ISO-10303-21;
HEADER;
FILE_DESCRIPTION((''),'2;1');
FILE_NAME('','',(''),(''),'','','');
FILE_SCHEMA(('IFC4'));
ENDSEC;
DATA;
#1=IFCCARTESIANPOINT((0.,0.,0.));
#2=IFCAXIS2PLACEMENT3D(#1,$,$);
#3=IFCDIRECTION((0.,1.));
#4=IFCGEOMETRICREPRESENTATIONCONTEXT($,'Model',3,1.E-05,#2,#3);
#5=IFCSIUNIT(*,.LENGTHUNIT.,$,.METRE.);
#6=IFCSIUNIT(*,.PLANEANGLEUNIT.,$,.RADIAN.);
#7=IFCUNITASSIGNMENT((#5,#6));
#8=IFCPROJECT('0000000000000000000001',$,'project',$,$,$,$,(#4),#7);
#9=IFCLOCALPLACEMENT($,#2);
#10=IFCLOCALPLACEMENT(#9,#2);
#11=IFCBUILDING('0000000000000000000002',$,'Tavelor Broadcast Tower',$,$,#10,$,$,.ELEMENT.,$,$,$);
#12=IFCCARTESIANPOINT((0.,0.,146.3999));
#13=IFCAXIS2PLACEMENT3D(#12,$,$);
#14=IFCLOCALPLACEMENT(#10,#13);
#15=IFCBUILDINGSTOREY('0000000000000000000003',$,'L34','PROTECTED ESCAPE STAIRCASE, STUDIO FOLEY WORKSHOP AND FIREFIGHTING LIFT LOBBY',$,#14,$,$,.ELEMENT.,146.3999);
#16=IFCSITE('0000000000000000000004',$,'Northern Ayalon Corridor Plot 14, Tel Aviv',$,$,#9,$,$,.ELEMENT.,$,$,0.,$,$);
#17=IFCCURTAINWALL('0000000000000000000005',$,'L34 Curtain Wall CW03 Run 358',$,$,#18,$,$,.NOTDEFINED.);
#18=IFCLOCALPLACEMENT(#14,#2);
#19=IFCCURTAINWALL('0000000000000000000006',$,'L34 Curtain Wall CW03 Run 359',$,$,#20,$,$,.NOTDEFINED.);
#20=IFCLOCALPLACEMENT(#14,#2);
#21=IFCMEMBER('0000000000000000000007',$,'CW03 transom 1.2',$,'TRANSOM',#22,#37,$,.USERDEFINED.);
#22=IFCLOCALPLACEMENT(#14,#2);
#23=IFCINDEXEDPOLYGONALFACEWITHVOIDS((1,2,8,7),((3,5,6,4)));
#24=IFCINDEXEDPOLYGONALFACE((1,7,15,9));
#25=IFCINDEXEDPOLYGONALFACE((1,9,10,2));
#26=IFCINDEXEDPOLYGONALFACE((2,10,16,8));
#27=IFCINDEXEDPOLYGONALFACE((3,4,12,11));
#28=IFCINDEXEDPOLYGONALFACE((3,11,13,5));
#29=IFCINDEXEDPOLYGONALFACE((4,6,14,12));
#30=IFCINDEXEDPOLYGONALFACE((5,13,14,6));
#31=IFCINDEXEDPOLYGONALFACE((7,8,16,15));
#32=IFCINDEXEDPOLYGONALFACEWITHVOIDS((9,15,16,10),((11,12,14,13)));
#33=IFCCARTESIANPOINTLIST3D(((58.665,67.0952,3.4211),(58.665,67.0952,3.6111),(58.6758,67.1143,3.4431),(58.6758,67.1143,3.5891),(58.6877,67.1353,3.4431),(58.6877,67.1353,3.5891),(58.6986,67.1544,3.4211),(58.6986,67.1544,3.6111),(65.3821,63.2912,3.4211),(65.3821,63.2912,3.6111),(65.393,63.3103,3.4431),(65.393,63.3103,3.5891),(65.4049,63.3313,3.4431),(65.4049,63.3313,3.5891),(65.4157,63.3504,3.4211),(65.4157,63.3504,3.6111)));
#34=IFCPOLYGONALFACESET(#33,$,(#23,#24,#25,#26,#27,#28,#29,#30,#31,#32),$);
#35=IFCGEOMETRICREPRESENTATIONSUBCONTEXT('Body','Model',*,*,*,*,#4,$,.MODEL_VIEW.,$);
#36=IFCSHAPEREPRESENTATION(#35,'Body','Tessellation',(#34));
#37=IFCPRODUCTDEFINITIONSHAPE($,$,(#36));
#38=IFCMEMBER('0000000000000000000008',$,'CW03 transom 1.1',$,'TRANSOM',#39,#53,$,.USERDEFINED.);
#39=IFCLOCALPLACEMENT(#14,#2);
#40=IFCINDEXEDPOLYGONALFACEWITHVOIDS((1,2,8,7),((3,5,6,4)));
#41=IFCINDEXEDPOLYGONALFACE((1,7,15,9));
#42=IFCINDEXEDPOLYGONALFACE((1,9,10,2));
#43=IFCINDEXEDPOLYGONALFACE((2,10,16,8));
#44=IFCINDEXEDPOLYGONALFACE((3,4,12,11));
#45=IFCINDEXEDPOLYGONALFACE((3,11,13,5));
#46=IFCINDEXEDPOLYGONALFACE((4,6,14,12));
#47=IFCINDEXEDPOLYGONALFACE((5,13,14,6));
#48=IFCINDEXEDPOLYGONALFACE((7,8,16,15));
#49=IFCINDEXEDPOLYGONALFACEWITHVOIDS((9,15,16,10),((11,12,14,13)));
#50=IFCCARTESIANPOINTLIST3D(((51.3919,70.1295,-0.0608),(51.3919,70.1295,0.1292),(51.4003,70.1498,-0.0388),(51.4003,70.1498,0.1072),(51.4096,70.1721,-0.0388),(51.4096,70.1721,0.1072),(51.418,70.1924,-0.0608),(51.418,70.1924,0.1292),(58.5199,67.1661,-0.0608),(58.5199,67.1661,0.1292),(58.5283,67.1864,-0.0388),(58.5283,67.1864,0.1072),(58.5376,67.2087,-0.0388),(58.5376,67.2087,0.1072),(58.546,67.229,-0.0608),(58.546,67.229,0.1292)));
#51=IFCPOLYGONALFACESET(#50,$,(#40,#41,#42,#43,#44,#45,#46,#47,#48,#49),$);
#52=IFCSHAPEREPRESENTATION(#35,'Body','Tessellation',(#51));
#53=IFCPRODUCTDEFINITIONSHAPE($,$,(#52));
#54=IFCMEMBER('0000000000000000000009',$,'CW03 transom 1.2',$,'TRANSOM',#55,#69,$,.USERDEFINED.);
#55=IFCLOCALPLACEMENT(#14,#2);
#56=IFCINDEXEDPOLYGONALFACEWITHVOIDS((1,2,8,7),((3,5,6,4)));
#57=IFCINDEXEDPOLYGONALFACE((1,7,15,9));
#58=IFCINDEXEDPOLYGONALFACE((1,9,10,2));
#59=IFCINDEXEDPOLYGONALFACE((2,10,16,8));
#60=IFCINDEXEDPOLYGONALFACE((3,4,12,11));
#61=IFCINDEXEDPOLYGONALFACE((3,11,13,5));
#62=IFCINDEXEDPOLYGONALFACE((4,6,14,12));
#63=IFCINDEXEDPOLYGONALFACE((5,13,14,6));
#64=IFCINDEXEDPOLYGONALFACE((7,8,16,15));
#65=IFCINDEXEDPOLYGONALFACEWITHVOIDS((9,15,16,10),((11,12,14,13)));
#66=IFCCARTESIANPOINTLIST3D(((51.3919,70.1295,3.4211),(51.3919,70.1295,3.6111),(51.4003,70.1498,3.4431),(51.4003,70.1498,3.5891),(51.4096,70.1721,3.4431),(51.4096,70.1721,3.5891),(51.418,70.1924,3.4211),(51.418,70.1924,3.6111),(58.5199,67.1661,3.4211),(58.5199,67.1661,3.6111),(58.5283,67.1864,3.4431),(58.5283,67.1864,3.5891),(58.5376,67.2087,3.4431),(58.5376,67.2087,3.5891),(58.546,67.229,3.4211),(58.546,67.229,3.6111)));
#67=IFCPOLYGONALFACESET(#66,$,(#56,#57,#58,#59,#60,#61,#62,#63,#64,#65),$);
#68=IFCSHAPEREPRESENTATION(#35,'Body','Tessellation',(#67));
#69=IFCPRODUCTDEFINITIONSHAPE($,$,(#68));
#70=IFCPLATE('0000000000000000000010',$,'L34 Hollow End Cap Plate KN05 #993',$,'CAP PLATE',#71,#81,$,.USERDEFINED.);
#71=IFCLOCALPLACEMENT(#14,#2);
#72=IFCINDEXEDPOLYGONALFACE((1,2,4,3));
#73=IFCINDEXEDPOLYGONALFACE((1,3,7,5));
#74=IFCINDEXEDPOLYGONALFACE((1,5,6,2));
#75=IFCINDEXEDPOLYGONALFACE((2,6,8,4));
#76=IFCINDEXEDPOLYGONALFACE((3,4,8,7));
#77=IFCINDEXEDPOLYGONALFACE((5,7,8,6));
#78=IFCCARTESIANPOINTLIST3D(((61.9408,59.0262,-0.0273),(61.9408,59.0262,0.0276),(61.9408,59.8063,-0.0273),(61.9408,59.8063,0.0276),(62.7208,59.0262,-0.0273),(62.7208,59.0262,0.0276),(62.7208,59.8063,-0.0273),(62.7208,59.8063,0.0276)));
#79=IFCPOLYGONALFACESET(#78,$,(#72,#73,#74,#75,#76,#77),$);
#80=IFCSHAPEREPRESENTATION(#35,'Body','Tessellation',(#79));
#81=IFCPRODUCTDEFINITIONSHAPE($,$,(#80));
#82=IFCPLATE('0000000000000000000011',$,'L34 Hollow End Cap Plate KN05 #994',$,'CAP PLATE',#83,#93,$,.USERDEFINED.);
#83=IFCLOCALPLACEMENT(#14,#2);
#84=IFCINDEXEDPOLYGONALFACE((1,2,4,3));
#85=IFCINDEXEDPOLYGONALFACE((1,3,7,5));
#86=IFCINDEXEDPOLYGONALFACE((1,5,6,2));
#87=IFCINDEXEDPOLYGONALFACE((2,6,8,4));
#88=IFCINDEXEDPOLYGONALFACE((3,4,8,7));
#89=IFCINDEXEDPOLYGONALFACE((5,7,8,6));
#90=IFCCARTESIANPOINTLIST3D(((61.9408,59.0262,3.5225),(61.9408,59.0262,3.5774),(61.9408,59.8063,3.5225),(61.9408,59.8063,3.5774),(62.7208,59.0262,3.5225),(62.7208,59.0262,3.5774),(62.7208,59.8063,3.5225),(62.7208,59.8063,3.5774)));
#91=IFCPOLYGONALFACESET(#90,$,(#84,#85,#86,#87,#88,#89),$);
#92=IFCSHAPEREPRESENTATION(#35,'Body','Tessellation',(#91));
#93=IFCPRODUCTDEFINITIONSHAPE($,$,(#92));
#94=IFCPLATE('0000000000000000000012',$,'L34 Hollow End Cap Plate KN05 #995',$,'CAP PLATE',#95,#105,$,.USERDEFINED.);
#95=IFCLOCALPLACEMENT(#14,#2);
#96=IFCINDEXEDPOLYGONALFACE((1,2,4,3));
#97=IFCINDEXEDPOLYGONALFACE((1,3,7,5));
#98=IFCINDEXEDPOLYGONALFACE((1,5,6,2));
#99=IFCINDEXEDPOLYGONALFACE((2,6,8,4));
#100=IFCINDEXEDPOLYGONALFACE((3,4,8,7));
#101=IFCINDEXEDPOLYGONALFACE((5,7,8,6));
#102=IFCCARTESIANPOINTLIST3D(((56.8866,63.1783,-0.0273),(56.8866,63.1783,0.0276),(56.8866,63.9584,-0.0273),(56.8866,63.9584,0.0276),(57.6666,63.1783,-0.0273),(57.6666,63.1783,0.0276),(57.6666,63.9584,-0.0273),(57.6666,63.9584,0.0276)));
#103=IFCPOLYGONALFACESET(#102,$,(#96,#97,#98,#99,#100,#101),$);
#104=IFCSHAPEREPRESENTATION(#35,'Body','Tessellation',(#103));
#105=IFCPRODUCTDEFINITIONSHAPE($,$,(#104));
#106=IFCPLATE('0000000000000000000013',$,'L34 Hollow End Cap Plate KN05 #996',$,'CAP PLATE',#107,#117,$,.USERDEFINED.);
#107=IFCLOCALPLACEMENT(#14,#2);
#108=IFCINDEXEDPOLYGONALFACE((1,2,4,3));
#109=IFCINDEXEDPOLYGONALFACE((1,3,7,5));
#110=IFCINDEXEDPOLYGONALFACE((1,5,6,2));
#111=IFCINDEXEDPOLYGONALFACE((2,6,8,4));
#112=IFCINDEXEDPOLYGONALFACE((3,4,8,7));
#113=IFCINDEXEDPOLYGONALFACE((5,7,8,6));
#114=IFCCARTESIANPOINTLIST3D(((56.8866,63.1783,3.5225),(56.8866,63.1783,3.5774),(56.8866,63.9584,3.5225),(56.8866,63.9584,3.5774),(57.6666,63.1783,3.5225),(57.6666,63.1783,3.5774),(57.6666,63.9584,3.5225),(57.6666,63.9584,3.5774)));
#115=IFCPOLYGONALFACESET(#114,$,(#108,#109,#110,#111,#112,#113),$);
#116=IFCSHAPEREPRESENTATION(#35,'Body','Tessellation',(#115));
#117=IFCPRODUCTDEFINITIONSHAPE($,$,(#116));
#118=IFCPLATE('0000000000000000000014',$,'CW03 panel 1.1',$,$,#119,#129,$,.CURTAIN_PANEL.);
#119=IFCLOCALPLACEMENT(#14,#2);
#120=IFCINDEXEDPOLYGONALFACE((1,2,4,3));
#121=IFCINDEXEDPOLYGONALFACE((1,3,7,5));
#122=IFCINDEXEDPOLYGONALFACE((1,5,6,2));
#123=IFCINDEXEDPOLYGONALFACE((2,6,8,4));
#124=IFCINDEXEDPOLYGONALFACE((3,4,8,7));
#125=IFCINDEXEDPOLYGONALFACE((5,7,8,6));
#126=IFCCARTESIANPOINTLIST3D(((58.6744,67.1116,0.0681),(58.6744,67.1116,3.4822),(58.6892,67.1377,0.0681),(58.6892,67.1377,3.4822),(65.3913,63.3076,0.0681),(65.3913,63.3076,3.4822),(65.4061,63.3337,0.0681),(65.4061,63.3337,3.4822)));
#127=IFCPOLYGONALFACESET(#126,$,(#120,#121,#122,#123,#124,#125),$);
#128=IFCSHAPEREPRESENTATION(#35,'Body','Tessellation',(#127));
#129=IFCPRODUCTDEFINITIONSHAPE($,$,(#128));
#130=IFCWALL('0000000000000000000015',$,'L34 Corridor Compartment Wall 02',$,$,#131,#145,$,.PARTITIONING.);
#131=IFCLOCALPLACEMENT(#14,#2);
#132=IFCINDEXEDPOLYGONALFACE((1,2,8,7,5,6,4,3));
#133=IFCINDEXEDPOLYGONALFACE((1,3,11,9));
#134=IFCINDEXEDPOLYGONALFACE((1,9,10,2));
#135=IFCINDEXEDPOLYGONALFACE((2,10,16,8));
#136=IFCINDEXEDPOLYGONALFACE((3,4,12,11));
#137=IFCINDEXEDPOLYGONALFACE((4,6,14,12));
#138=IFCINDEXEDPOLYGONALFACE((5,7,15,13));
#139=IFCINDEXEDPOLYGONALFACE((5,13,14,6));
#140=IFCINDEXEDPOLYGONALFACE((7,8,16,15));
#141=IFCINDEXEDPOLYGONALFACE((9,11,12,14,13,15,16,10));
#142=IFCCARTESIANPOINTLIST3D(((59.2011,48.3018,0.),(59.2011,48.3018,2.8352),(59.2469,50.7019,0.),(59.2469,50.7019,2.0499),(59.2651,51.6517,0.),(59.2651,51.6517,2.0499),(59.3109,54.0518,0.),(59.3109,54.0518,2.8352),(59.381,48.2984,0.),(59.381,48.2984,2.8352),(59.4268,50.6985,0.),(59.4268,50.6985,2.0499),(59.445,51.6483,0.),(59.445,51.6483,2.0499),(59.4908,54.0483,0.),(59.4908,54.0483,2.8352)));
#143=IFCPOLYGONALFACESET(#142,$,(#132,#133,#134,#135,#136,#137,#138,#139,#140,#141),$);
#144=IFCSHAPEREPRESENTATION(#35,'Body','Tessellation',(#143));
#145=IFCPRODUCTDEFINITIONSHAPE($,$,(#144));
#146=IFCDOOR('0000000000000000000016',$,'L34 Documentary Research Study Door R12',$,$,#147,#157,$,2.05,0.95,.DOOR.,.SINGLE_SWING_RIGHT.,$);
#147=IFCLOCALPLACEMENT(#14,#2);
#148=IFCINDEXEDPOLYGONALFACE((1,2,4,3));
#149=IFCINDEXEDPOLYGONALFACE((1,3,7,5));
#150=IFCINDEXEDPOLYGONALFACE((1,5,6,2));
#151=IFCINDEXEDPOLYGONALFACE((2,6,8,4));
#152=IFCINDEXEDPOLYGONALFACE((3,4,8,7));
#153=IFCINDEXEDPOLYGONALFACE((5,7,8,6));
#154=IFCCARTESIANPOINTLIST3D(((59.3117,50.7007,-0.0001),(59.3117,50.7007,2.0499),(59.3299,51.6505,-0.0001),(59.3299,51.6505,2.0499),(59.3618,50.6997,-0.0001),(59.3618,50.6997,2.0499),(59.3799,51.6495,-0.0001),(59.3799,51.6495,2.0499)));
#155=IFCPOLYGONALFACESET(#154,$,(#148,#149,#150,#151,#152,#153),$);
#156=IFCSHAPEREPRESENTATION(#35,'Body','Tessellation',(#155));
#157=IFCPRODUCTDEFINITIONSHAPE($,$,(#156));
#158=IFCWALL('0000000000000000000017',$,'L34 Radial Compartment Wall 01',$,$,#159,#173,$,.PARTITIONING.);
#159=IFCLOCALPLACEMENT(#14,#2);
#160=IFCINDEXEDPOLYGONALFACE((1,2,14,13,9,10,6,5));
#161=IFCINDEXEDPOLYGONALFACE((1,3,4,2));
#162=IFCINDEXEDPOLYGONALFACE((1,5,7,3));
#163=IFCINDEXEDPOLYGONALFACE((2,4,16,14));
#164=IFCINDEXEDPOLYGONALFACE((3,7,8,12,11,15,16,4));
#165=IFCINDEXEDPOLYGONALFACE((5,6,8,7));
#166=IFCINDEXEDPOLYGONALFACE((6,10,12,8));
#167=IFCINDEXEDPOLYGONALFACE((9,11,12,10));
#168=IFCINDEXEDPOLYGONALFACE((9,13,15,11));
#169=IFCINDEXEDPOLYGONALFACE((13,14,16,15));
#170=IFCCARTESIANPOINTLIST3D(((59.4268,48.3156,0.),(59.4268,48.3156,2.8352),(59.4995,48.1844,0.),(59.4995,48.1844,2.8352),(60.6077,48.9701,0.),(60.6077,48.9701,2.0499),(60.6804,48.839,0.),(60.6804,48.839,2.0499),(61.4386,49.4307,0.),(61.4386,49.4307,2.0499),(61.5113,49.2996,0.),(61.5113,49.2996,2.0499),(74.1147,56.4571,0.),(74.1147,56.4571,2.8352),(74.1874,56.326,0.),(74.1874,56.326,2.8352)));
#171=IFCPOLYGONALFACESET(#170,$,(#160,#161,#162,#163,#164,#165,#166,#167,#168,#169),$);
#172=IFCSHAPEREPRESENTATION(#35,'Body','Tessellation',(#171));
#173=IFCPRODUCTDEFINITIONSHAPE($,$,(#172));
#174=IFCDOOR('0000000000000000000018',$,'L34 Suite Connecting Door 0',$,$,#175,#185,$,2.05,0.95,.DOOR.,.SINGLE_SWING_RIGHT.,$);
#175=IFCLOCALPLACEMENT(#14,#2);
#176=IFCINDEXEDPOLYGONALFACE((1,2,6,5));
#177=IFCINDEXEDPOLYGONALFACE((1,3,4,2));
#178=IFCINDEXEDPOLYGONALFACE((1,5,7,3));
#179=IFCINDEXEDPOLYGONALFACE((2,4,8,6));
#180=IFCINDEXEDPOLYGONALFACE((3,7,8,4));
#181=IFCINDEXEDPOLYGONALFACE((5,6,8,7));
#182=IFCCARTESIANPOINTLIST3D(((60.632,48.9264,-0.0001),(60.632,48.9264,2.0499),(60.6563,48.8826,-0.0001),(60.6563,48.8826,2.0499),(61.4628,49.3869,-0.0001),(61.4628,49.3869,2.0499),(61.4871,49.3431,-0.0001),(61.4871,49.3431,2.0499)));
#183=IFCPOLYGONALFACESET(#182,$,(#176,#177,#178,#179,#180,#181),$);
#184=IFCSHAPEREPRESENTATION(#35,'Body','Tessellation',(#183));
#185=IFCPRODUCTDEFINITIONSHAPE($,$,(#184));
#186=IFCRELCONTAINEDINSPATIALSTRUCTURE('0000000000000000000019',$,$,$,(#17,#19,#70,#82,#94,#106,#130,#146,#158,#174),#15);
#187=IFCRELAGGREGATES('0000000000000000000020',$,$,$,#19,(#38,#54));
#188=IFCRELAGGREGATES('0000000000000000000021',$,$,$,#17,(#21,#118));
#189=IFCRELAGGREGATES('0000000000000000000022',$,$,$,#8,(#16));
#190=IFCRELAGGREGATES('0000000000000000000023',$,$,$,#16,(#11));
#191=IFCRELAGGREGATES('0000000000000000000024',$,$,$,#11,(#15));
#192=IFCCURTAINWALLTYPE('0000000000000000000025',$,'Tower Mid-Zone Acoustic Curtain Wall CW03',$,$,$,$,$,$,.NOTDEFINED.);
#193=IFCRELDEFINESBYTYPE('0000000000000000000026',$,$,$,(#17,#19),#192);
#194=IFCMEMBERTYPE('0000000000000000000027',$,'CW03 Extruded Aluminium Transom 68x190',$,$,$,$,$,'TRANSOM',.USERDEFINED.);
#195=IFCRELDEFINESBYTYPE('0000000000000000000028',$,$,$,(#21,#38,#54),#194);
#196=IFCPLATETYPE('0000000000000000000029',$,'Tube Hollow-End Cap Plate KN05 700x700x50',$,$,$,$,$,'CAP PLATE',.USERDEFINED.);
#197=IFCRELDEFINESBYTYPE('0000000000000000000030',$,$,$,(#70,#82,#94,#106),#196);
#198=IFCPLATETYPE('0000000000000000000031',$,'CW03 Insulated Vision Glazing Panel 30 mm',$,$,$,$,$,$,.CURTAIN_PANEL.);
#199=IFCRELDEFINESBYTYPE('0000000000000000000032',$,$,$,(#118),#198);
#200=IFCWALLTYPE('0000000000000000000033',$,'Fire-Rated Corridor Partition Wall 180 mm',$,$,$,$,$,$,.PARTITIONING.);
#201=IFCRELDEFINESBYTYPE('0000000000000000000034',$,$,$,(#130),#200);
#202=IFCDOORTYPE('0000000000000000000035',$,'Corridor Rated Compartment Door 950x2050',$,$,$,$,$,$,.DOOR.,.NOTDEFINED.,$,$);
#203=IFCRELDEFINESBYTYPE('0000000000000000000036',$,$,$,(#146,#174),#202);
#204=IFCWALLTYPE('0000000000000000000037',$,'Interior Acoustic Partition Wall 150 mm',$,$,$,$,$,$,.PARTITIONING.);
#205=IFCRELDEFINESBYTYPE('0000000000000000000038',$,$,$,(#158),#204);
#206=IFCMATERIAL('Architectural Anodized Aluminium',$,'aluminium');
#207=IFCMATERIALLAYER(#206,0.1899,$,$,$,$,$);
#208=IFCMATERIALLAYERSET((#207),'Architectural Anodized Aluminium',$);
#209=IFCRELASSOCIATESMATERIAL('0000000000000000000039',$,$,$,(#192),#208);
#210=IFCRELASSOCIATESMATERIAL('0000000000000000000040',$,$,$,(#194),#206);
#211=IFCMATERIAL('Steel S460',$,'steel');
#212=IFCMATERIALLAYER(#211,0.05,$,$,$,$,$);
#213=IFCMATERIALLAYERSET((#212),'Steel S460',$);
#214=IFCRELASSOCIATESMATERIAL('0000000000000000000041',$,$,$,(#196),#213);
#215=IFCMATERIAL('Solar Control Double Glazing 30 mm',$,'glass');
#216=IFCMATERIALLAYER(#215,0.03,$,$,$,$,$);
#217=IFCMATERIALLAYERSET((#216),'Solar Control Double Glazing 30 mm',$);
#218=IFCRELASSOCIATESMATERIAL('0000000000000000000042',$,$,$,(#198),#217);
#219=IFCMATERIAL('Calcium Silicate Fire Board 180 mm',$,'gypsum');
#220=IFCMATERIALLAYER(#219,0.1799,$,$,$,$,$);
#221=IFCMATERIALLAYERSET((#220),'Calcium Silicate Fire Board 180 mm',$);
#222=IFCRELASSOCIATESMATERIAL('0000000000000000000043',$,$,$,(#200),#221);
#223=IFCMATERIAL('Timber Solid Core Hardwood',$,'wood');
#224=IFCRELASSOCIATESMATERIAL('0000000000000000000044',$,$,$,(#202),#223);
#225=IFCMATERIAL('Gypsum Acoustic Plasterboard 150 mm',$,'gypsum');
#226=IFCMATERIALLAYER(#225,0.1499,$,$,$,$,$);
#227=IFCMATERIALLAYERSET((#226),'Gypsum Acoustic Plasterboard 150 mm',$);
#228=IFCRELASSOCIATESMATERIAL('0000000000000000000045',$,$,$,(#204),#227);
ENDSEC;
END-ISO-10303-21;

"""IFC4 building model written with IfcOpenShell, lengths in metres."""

from ifc_helpers import new_model, si_unit, direction, frame, frame_2d, origin, origin_2d, place, context, subcontext, project, spatial, rectangle, hollow_rectangle, extrude, source, transform, mapped, material, layer, layer_set, material_profile, profile_set, type_object, type_shapes, element, fill, aggregate, save


model = new_model("IFC4")

# Units and contexts
model_context = context("Model", 3, precision=1e-05, world=origin(), true_north=direction((0.0, 1.0)))
body_context = subcontext(model_context, "Body", "Model", "MODEL_VIEW")
ifc_project = project(units=[si_unit("LENGTHUNIT", "METRE"), si_unit("PLANEANGLEUNIT", "RADIAN")], contexts=[model_context])

# Site, building, storey
site_placement = place(None, origin())
site = spatial("IfcSite", under=ifc_project, at=site_placement, Name="Northern Ayalon Corridor Plot 14, Tel Aviv", CompositionType="ELEMENT", RefElevation=0.0)
building_placement = place(site_placement, origin())
building = spatial("IfcBuilding", under=site, at=building_placement, Name="Tavelor Broadcast Tower", CompositionType="ELEMENT")
storey_placement = place(building_placement, frame((0.0, 0.0, 146.3999)))
storey = spatial("IfcBuildingStorey", under=building, at=storey_placement, Name="L34", Description="PROTECTED ESCAPE STAIRCASE, STUDIO FOLEY WORKSHOP AND FIREFIGHTING LIFT LOBBY", CompositionType="ELEMENT", Elevation=146.3999)

# Shared definitions
ifc_material_1 = material(Name="Steel S460", Category="steel")

# Curtain walls
ifc_material_2 = material(Name="Architectural Anodized Aluminium", Category="aluminium")
ifc_layer_1 = layer(ifc_material_2, 0.1899)
ifc_layer_set_1 = layer_set([ifc_layer_1], Name="Architectural Anodized Aluminium")
curtain_wall_type = type_object("IfcCurtainWallType", Name="Tower Mid-Zone Acoustic Curtain Wall CW03", PredefinedType="NOTDEFINED", material=ifc_layer_set_1)
curtain_wall_1_placement = place(storey_placement, origin())
curtain_wall_1 = element("IfcCurtainWall", 1, at=curtain_wall_1_placement, inside=storey, type_object=curtain_wall_type, Name="L34 Curtain Wall CW03 Run 358", PredefinedType="NOTDEFINED")
curtain_wall_2_placement = place(storey_placement, origin())
curtain_wall_2 = element("IfcCurtainWall", 2, at=curtain_wall_2_placement, inside=storey, type_object=curtain_wall_type, Name="L34 Curtain Wall CW03 Run 359", PredefinedType="NOTDEFINED")

# Members
ifc_material_profile_1 = material_profile(ifc_material_2, hollow_rectangle(XDim=0.0681, YDim=0.1899, WallThickness=0.022, at=origin_2d()), Name="RHS 68x190x22")
ifc_profile_set_1 = profile_set([ifc_material_profile_1], Name="Architectural Anodized Aluminium")
member_type_1 = type_object("IfcMemberType", Name="CW03 Extruded Aluminium Transom 68x190", ElementType="TRANSOM", PredefinedType="USERDEFINED", material=ifc_profile_set_1)
shared_shape_1 = source(origin(), body_context, "Body", "SweptSolid", [
    extrude(hollow_rectangle(XDim=0.0681, YDim=0.1899, WallThickness=0.022, at=origin_2d()), origin(), (0.0, 0.0, 1.0), 7.7195),
])
type_shapes(member_type_1, [shared_shape_1])
member_1_placement = place(storey_placement, frame((65.3989, 63.3208, 3.5161), z_axis=(-0.870154, 0.49278, 0.0), x_axis=(-0.49278, -0.870154, 0.0)))
member_1 = element("IfcMember", 3, at=member_1_placement, type_object=member_type_1, Name="CW03 transom 1.2", ObjectType="TRANSOM", PredefinedType="USERDEFINED", context=body_context, shape_type="MappedRepresentation", body=[
    mapped(shared_shape_1, transform((0.0, 0.0, 0.0), scale=1.0)),
])
member_2_placement = place(storey_placement, frame((58.533, 67.1975, 0.0342), z_axis=(-0.92338, 0.383888, 0.0), x_axis=(-0.383888, -0.92338, 0.0)))
member_2 = element("IfcMember", 4, at=member_2_placement, type_object=member_type_1, Name="CW03 transom 1.1", ObjectType="TRANSOM", PredefinedType="USERDEFINED", context=body_context, shape_type="MappedRepresentation", body=[
    mapped(shared_shape_1, transform((0.0, 0.0, 0.0), scale=1.0)),
])
member_3_placement = place(storey_placement, frame((58.533, 67.1975, 3.5161), z_axis=(-0.92338, 0.383888, 0.0), x_axis=(-0.383888, -0.92338, 0.0)))
member_3 = element("IfcMember", 5, at=member_3_placement, type_object=member_type_1, Name="CW03 transom 1.2", ObjectType="TRANSOM", PredefinedType="USERDEFINED", context=body_context, shape_type="MappedRepresentation", body=[
    mapped(shared_shape_1, transform((0.0, 0.0, 0.0), scale=1.0)),
])
aggregate(curtain_wall_2, [member_2, member_3])

# Plates
ifc_layer_2 = layer(ifc_material_1, 0.05)
ifc_layer_set_2 = layer_set([ifc_layer_2], Name="Steel S460")
plate_type_1 = type_object("IfcPlateType", Name="Tube Hollow-End Cap Plate KN05 700x700x50", ElementType="CAP PLATE", PredefinedType="USERDEFINED", material=ifc_layer_set_2)
shared_shape_2 = source(origin(), body_context, "Body", "SweptSolid", [
    extrude(rectangle(XDim=0.78, YDim=0.78, at=origin_2d()), origin(), (0.0, 0.0, 1.0), 0.0549),
])
type_shapes(plate_type_1, [shared_shape_2])
for number, where, z_axis, x_axis, name in (
    (6, (62.3308, 59.4163, -0.0273), (0.0, 0.0, 1.0), (1.0, 0.0, 0.0), "L34 Hollow End Cap Plate KN05 #993"),
    (7, (62.3308, 59.4163, 3.5225), (0.0, 0.0, 1.0), (1.0, 0.0, 0.0), "L34 Hollow End Cap Plate KN05 #994"),
    (8, (57.2766, 63.5684, -0.0273), (0.0, 0.0, 1.0), (1.0, 0.0, 0.0), "L34 Hollow End Cap Plate KN05 #995"),
    (9, (57.2766, 63.5684, 3.5225), (0.0, 0.0, 1.0), (1.0, 0.0, 0.0), "L34 Hollow End Cap Plate KN05 #996"),
):
    element("IfcPlate", number, at=place(storey_placement, frame(where, z_axis=z_axis, x_axis=x_axis)), inside=storey, type_object=plate_type_1, Name=name, ObjectType="CAP PLATE", PredefinedType="USERDEFINED", context=body_context, shape_type="MappedRepresentation", body=[
        mapped(shared_shape_2, transform((0.0, 0.0, 0.0), scale=1.0)),
    ])

# Plate
ifc_material_3 = material(Name="Solar Control Double Glazing 30 mm", Category="glass")
ifc_layer_3 = layer(ifc_material_3, 0.03)
ifc_layer_set_3 = layer_set([ifc_layer_3], Name="Solar Control Double Glazing 30 mm")
plate_type_2 = type_object("IfcPlateType", Name="CW03 Insulated Vision Glazing Panel 30 mm", PredefinedType="CURTAIN_PANEL", material=ifc_layer_set_3)
shared_shape_3 = source(origin(), body_context, "Body", "SweptSolid", [
    extrude(rectangle(XDim=7.7192, YDim=0.03, at=origin_2d()), origin(), (0.0, 0.0, 1.0), 3.4141),
])
type_shapes(plate_type_2, [shared_shape_3])
plate_placement = place(storey_placement, frame((62.0403, 65.2227, 0.0681), z_axis=(0.0, 0.0, 1.0), x_axis=(-0.87015, 0.492787, 0.0)))
plate = element("IfcPlate", 10, at=plate_placement, type_object=plate_type_2, Name="CW03 panel 1.1", PredefinedType="CURTAIN_PANEL", context=body_context, shape_type="MappedRepresentation", body=[
    mapped(shared_shape_3, transform((0.0, 0.0, 0.0), scale=1.0)),
])
aggregate(curtain_wall_1, [member_1, plate])

# Walls, openings, doors
ifc_material_4 = material(Name="Calcium Silicate Fire Board 180 mm", Category="gypsum")
ifc_layer_4 = layer(ifc_material_4, 0.1799)
ifc_layer_set_4 = layer_set([ifc_layer_4], Name="Calcium Silicate Fire Board 180 mm")
wall_type_1 = type_object("IfcWallType", Name="Fire-Rated Corridor Partition Wall 180 mm", PredefinedType="PARTITIONING", material=ifc_layer_set_4)
wall_1_placement = place(storey_placement, frame((59.4009, 54.05, 0.0), z_axis=(0.0, 0.0, 1.0), x_axis=(-0.019103, -0.999818, 0.0)))
wall_1 = element("IfcWall", 11, at=wall_1_placement, inside=storey, type_object=wall_type_1, Name="L34 Corridor Compartment Wall 02", PredefinedType="PARTITIONING", context=body_context, shape_type="SweptSolid", body=[
    extrude(rectangle(XDim=5.751, YDim=0.1799, at=frame_2d((2.8755, 0.0))), origin(), (0.0, 0.0, 1.0), 2.8352),
])
opening_1_placement = place(wall_1_placement, frame((2.4004, 0.0, 0.0)))
opening_1 = element("IfcOpeningElement", 12, at=opening_1_placement, cuts=wall_1, PredefinedType="OPENING", context=body_context, shape_type="SweptSolid", body=[
    extrude(rectangle(XDim=0.95, YDim=2.05, at=frame_2d((0.4751, 1.0249))), frame((0.0, 0.1001, 0.0), z_axis=(0.0, -1.0, 0.0), x_axis=(1.0, 0.0, 0.0)), (0.0, 0.0, 1.0), 0.2),
])
ifc_material_5 = material(Name="Timber Solid Core Hardwood", Category="wood")
door_type = type_object("IfcDoorType", Name="Corridor Rated Compartment Door 950x2050", OperationType="NOTDEFINED", PredefinedType="DOOR", material=ifc_material_5)
door_1_placement = place(opening_1_placement, origin())
door_1 = element("IfcDoor", 13, at=door_1_placement, inside=storey, type_object=door_type, Name="L34 Documentary Research Study Door R12", OperationType="SINGLE_SWING_RIGHT", OverallHeight=2.05, OverallWidth=0.95, PredefinedType="DOOR", context=body_context, shape_type="SweptSolid", body=[
    extrude(rectangle(XDim=0.95, YDim=2.05, at=frame_2d((0.4751, 1.0249))), frame((0.0, 0.0249, 0.0), z_axis=(0.0, -1.0, 0.0), x_axis=(1.0, 0.0, 0.0)), (0.0, 0.0, 1.0), 0.05),
])
fill(opening_1, door_1)
ifc_material_6 = material(Name="Gypsum Acoustic Plasterboard 150 mm", Category="gypsum")
ifc_layer_5 = layer(ifc_material_6, 0.1499)
ifc_layer_set_5 = layer_set([ifc_layer_5], Name="Gypsum Acoustic Plasterboard 150 mm")
wall_type_2 = type_object("IfcWallType", Name="Interior Acoustic Partition Wall 150 mm", PredefinedType="PARTITIONING", material=ifc_layer_set_5)
wall_2_placement = place(storey_placement, frame((59.4631, 48.25, 0.0), z_axis=(0.0, 0.0, 1.0), x_axis=(0.874622, 0.484806, 0.0)))
wall_2 = element("IfcWall", 14, at=wall_2_placement, inside=storey, type_object=wall_type_2, Name="L34 Radial Compartment Wall 01", PredefinedType="PARTITIONING", context=body_context, shape_type="SweptSolid", body=[
    extrude(rectangle(XDim=16.7935, YDim=0.1499, at=frame_2d((8.3967, 0.0))), origin(), (0.0, 0.0, 1.0), 2.8352),
])
opening_2_placement = place(wall_2_placement, frame((1.3501, 0.0, 0.0)))
opening_2 = element("IfcOpeningElement", 15, at=opening_2_placement, cuts=wall_2, PredefinedType="OPENING", context=body_context, shape_type="SweptSolid", body=[
    extrude(rectangle(XDim=0.95, YDim=2.05, at=frame_2d((0.4751, 1.0249))), frame((0.0, 0.085, 0.0), z_axis=(0.0, -1.0, 0.0), x_axis=(1.0, 0.0, 0.0)), (0.0, 0.0, 1.0), 0.1699),
])
door_2_placement = place(opening_2_placement, origin())
door_2 = element("IfcDoor", 16, at=door_2_placement, inside=storey, type_object=door_type, Name="L34 Suite Connecting Door 0", OperationType="SINGLE_SWING_RIGHT", OverallHeight=2.05, OverallWidth=0.95, PredefinedType="DOOR", context=body_context, shape_type="SweptSolid", body=[
    extrude(rectangle(XDim=0.95, YDim=2.05, at=frame_2d((0.4751, 1.0249))), frame((0.0, 0.0249, 0.0), z_axis=(0.0, -1.0, 0.0), x_axis=(1.0, 0.0, 0.0)), (0.0, 0.0, 1.0), 0.05),
])
fill(opening_2, door_2)

save(model, "model.ifc")
